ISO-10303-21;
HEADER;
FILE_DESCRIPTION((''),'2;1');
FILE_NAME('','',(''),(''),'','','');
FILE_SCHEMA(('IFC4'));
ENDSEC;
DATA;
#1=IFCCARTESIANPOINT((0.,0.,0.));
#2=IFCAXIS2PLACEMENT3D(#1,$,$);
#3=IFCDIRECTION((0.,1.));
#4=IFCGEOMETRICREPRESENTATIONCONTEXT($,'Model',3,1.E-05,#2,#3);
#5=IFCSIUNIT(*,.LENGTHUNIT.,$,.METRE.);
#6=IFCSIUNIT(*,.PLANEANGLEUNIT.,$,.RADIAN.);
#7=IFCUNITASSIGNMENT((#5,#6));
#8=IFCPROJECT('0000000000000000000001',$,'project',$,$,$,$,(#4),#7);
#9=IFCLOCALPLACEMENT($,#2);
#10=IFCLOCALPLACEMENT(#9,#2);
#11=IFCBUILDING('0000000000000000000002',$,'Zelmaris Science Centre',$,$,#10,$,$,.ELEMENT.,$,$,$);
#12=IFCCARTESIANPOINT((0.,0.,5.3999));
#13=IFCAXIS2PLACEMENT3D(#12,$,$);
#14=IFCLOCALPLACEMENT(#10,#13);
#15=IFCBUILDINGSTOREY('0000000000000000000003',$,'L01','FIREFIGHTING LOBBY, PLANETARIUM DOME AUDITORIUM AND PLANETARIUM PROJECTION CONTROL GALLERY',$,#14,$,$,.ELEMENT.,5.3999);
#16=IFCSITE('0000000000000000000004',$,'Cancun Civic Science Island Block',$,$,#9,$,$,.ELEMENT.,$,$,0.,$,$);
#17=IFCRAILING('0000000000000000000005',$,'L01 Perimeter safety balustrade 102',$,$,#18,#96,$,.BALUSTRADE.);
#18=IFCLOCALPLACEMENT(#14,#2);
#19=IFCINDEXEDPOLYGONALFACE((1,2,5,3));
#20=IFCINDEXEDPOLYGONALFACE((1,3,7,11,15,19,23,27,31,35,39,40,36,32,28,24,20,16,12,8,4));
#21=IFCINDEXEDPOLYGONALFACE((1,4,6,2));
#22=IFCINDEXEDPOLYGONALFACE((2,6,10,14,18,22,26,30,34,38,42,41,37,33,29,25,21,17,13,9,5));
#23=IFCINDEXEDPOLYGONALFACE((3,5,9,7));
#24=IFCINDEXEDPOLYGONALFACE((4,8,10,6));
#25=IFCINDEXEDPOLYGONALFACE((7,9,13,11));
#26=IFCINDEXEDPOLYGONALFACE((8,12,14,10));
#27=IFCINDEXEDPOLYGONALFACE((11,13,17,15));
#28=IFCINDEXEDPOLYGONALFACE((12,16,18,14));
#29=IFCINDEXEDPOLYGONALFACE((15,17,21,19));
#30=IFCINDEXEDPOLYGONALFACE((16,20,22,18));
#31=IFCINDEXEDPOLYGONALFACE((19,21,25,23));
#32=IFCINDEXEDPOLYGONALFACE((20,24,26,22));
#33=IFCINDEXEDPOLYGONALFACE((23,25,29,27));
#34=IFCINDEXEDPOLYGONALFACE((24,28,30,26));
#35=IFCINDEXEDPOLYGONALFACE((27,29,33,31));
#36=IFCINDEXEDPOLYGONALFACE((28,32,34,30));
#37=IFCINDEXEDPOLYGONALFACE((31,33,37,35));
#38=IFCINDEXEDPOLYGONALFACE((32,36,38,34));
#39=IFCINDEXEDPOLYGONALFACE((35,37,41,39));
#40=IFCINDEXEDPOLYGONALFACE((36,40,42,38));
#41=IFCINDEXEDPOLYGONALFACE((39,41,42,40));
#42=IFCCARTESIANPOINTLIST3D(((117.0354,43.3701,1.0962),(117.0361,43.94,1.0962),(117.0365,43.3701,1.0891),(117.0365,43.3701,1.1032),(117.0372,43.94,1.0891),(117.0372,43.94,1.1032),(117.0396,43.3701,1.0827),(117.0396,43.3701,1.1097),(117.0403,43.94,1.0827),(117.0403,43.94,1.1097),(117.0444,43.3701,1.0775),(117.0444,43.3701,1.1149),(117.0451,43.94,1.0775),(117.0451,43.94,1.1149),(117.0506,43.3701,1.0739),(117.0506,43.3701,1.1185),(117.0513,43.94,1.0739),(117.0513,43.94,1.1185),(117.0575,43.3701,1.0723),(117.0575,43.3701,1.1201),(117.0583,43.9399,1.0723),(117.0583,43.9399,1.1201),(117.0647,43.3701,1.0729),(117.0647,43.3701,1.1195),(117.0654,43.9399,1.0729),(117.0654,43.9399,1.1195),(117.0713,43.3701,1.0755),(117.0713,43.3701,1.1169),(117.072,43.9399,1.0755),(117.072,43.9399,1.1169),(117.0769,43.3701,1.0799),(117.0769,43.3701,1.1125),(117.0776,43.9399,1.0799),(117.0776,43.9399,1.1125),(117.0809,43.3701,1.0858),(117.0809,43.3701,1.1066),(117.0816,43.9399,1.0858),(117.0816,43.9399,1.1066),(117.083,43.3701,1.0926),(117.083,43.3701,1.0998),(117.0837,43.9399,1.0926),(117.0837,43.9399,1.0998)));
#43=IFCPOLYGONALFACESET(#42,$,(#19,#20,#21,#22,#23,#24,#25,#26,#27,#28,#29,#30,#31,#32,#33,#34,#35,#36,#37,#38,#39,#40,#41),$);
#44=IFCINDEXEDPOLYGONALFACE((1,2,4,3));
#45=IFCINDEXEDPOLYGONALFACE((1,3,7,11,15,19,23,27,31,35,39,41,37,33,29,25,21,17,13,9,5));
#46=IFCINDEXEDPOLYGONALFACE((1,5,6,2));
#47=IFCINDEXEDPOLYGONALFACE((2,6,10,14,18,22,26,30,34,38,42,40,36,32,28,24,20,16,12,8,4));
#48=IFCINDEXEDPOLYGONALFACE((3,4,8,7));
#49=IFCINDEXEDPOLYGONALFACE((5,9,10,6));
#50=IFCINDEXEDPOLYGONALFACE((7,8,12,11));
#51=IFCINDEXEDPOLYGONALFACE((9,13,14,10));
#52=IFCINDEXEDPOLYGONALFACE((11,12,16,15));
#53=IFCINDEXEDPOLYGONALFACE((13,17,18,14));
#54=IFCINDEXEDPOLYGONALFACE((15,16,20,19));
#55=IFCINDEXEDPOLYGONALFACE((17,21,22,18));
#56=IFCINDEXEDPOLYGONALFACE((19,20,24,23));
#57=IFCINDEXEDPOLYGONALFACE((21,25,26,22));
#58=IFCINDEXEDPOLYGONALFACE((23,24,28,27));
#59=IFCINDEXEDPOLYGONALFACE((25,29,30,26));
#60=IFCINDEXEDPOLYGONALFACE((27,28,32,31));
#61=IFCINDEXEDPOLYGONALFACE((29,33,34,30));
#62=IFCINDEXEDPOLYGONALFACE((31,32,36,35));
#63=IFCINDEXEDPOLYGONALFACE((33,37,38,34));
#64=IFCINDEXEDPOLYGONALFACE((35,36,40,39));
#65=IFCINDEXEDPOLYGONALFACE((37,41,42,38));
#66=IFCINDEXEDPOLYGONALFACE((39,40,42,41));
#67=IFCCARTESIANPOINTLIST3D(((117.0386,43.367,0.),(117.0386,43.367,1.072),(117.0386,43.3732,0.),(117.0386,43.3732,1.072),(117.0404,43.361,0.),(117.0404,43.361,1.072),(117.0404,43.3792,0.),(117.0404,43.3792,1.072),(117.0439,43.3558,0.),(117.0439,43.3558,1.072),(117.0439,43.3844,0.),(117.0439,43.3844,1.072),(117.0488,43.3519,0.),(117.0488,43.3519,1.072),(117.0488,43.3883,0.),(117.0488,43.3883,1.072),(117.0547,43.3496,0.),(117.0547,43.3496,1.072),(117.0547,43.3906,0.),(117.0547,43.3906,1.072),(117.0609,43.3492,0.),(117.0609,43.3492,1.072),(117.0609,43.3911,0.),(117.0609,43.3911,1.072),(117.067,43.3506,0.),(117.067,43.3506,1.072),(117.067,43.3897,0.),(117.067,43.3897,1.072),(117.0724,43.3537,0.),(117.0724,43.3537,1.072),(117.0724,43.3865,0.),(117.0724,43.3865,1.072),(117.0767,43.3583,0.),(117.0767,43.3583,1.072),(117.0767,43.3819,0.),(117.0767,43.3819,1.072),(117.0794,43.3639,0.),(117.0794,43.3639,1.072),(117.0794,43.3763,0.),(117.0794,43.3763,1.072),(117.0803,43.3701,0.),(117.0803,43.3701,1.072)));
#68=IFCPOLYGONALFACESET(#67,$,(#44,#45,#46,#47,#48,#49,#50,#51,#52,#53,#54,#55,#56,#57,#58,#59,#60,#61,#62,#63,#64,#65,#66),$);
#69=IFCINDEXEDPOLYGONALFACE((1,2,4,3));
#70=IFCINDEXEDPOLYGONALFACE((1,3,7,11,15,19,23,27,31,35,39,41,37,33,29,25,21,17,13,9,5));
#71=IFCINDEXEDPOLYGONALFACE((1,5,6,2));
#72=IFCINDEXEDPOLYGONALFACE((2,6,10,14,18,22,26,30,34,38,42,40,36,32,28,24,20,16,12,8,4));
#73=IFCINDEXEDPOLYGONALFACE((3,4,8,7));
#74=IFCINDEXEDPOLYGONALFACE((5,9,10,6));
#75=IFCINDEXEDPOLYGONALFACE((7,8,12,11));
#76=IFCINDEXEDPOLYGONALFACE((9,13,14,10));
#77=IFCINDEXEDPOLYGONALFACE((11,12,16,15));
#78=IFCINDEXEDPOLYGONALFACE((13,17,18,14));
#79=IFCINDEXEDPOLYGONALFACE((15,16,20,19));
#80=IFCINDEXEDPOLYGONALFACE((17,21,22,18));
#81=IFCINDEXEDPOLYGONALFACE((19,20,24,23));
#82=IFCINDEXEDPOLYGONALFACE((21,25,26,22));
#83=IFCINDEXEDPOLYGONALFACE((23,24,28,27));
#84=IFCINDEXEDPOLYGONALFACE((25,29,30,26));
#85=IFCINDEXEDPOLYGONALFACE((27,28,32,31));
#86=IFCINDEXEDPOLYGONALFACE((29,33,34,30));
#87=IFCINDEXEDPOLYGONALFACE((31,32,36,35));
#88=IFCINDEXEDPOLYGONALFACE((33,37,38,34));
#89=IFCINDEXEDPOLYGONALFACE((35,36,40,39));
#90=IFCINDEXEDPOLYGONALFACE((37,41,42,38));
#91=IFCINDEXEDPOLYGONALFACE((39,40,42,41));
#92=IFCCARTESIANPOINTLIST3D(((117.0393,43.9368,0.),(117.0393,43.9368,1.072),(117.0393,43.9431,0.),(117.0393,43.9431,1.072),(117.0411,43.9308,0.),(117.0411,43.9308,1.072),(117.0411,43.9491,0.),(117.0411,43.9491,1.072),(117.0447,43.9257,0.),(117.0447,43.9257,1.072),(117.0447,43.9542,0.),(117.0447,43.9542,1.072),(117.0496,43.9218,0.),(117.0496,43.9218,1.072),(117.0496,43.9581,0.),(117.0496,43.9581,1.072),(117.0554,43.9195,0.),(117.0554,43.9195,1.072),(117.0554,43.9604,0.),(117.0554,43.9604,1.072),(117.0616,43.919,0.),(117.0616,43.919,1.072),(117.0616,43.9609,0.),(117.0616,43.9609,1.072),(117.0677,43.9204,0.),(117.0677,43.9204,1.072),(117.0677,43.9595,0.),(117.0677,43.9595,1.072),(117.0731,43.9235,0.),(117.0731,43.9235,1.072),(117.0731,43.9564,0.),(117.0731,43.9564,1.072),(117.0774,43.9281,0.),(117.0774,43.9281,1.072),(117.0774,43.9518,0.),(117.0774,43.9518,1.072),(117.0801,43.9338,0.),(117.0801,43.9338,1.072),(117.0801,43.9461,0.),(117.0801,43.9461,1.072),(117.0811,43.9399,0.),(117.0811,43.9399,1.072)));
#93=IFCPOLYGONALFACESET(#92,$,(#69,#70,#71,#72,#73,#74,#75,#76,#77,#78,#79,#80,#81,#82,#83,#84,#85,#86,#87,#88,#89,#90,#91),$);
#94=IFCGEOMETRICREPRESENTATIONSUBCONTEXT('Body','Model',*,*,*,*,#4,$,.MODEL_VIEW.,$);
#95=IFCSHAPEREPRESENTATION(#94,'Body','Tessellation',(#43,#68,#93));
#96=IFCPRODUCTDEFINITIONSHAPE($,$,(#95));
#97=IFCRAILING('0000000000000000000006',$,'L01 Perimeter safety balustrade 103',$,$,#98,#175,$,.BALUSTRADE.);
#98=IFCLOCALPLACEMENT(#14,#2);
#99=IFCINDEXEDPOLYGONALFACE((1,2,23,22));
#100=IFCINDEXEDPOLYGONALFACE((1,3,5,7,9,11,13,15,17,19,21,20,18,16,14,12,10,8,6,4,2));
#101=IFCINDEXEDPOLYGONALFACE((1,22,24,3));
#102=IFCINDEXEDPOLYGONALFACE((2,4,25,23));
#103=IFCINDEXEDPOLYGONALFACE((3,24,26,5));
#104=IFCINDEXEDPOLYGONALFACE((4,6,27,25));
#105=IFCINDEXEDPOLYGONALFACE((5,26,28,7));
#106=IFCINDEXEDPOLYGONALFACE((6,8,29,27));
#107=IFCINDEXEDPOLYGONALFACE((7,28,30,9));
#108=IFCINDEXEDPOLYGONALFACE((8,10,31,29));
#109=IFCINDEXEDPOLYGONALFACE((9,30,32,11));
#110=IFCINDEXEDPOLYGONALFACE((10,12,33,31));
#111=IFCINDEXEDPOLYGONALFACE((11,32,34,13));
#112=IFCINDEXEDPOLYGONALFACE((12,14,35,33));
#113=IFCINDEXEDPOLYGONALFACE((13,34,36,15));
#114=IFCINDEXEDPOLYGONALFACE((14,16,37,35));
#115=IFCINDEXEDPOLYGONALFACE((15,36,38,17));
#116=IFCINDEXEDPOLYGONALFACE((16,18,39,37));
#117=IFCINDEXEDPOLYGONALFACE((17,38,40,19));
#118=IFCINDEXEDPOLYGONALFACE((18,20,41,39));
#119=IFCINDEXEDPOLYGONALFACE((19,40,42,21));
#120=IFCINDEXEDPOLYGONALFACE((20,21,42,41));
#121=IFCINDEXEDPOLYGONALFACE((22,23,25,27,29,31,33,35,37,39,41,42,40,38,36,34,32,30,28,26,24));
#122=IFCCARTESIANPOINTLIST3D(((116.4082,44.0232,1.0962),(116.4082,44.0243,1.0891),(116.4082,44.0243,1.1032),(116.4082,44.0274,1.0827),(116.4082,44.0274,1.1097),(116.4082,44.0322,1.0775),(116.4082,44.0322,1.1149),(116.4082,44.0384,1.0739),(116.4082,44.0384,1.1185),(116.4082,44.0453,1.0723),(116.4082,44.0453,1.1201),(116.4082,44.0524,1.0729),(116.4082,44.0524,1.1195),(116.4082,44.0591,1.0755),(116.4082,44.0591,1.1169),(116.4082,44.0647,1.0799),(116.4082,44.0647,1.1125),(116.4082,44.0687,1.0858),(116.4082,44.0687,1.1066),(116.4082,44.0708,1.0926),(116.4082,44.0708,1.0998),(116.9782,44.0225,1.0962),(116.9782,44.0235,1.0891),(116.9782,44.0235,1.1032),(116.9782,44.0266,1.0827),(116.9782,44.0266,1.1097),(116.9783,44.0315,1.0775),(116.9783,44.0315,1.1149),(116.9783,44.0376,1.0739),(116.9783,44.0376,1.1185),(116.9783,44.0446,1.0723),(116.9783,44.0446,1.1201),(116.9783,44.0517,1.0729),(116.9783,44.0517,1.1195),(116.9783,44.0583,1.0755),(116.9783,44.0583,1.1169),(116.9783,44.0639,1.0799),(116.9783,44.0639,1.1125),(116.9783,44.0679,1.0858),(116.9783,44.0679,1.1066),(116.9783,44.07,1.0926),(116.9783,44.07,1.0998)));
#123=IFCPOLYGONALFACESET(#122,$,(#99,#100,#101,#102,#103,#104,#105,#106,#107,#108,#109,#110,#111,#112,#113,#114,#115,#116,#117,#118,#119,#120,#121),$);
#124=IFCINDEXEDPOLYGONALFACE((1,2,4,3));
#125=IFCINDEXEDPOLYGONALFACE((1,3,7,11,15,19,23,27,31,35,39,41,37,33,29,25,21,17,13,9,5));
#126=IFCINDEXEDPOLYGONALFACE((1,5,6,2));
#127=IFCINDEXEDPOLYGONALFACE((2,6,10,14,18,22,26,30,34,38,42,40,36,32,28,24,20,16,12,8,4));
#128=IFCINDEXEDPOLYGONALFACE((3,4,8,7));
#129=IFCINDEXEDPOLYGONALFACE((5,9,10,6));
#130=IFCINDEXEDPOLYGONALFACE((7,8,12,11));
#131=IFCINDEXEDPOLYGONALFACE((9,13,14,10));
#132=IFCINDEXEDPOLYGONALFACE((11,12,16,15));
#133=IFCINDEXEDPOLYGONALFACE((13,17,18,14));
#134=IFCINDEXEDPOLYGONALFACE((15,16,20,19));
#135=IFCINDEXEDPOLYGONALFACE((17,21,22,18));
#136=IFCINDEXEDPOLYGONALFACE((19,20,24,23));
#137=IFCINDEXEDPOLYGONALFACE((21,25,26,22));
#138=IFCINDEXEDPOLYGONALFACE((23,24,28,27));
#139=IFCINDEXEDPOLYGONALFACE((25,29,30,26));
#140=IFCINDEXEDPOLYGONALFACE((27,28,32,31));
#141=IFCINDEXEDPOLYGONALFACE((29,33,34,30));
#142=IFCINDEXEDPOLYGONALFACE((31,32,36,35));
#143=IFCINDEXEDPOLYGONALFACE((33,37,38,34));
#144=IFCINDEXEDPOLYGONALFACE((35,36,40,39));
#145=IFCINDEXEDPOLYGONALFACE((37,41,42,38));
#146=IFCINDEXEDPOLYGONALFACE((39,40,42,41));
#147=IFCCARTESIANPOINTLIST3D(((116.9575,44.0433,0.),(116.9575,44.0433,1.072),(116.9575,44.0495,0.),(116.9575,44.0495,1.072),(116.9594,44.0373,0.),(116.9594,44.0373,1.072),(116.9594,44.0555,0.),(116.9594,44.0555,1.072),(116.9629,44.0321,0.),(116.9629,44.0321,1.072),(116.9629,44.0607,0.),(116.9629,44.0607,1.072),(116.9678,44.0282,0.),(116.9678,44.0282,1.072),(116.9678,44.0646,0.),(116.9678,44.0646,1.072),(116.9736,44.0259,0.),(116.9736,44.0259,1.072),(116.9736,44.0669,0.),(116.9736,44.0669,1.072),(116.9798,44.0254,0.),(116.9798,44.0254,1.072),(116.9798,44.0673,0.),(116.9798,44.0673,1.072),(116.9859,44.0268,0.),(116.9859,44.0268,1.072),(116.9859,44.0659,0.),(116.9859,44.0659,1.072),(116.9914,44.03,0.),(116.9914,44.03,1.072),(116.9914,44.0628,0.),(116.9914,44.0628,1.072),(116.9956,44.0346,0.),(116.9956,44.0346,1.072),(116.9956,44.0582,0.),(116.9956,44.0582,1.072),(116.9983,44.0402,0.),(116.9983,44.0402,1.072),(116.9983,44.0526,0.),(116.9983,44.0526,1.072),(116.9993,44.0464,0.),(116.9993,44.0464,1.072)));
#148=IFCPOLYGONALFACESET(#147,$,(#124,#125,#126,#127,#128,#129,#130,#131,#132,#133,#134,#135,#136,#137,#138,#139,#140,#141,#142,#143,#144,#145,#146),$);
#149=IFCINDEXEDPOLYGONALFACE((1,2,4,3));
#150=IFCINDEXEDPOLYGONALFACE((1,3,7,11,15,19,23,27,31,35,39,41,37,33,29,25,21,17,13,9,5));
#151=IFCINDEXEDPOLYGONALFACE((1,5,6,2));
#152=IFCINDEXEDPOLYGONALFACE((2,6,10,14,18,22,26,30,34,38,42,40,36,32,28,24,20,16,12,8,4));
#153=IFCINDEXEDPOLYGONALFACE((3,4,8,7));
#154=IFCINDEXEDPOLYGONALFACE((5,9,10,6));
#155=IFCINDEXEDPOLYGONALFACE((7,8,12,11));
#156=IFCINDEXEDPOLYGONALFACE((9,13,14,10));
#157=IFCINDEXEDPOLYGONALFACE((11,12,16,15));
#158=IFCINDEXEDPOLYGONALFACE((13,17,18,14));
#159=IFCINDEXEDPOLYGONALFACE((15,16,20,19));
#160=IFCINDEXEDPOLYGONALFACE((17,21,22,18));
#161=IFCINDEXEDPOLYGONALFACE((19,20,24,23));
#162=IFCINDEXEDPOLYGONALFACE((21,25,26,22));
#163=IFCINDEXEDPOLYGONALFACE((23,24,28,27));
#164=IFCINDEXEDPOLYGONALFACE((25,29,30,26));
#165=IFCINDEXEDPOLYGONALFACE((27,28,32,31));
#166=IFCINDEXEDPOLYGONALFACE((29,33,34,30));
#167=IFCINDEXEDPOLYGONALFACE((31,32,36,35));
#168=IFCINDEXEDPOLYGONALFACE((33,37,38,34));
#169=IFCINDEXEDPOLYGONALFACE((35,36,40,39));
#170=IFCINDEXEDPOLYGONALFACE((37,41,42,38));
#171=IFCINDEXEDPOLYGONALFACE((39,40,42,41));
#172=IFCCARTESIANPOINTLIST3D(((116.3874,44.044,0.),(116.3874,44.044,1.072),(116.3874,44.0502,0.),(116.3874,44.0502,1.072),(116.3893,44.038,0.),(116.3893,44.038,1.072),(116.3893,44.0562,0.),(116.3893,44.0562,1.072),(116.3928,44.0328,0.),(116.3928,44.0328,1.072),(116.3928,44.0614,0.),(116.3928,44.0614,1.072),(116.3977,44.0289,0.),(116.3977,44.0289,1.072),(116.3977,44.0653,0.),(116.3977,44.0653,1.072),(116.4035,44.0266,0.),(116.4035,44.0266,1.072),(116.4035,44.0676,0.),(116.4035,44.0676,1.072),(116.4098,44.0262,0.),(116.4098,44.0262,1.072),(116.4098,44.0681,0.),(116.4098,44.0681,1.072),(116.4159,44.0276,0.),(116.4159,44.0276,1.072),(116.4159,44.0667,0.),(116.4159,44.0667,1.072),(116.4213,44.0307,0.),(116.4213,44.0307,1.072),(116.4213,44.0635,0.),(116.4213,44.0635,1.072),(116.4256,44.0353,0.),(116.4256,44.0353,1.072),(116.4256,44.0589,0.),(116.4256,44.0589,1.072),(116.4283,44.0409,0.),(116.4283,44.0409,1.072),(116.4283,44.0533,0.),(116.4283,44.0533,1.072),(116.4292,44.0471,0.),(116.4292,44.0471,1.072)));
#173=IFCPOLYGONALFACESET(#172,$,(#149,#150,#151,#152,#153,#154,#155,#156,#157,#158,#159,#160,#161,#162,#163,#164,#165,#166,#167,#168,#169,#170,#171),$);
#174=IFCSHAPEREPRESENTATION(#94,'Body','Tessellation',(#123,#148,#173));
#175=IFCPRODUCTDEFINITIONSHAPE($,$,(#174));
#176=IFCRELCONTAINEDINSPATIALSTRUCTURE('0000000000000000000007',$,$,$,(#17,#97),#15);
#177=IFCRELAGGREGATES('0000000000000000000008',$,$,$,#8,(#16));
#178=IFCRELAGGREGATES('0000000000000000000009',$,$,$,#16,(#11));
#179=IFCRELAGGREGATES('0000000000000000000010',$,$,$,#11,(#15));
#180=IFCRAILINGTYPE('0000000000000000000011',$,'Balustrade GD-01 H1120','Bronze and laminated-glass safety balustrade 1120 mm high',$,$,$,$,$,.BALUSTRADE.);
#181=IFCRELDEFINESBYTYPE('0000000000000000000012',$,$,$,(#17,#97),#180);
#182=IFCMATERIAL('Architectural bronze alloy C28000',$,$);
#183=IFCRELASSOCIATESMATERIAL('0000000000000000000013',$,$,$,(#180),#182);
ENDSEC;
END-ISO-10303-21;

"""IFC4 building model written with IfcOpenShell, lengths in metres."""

from ifc_helpers import new_model, si_unit, direction, frame, origin, origin_2d, place, context, subcontext, project, spatial, circle, extrude, material, type_object, element, save


model = new_model("IFC4")

# Units and contexts
model_context = context("Model", 3, precision=1e-05, world=origin(), true_north=direction((0.0, 1.0)))
body_context = subcontext(model_context, "Body", "Model", "MODEL_VIEW")
ifc_project = project(units=[si_unit("LENGTHUNIT", "METRE"), si_unit("PLANEANGLEUNIT", "RADIAN")], contexts=[model_context])

# Site, building, storey
site_placement = place(None, origin())
site = spatial("IfcSite", under=ifc_project, at=site_placement, Name="Cancun Civic Science Island Block", CompositionType="ELEMENT", RefElevation=0.0)
building_placement = place(site_placement, origin())
building = spatial("IfcBuilding", under=site, at=building_placement, Name="Zelmaris Science Centre", CompositionType="ELEMENT")
storey_placement = place(building_placement, frame((0.0, 0.0, 5.3999)))
storey = spatial("IfcBuildingStorey", under=building, at=storey_placement, Name="L01", Description="FIREFIGHTING LOBBY, PLANETARIUM DOME AUDITORIUM AND PLANETARIUM PROJECTION CONTROL GALLERY", CompositionType="ELEMENT", Elevation=5.3999)

# Railings
ifc_material_1 = material(Name="Architectural bronze alloy C28000")
railing_type = type_object("IfcRailingType", Name="Balustrade GD-01 H1120", Description="Bronze and laminated-glass safety balustrade 1120 mm high", PredefinedType="BALUSTRADE", material=ifc_material_1)
railing_1_placement = place(storey_placement, frame((117.0593, 43.3701, 0.0)))
element("IfcRailing", 1, at=railing_1_placement, inside=storey, type_object=railing_type, Name="L01 Perimeter safety balustrade 102", PredefinedType="BALUSTRADE", context=body_context, shape_type="SweptSolid", body=[
    extrude(circle(Radius=0.0239, at=origin_2d()), frame((0.0, 0.0, 1.0962), z_axis=(0.001285, 0.999999, 0.0), x_axis=(-0.999999, 0.001285, 0.0)), (0.0, 0.0, 1.0), 0.5698),
    extrude(circle(Radius=0.021, at=origin_2d()), origin(), (0.0, 0.0, 1.0), 1.072),
    extrude(circle(Radius=0.021, at=origin_2d()), frame((0.0007, 0.5698, 0.0)), (0.0, 0.0, 1.0), 1.072),
])
railing_2_placement = place(storey_placement, frame((116.9783, 44.0464, 0.0)))
element("IfcRailing", 2, at=railing_2_placement, inside=storey, type_object=railing_type, Name="L01 Perimeter safety balustrade 103", PredefinedType="BALUSTRADE", context=body_context, shape_type="SweptSolid", body=[
    extrude(circle(Radius=0.0239, at=origin_2d()), frame((0.0, 0.0, 1.0962), z_axis=(-0.999999, 0.001285, 0.0), x_axis=(-0.001285, -0.999999, 0.0)), (0.0, 0.0, 1.0), 0.5701),
    extrude(circle(Radius=0.021, at=origin_2d()), origin(), (0.0, 0.0, 1.0), 1.072),
    extrude(circle(Radius=0.021, at=origin_2d()), frame((-0.5701, 0.0007, 0.0)), (0.0, 0.0, 1.0), 1.072),
])

save(model, "model.ifc")
